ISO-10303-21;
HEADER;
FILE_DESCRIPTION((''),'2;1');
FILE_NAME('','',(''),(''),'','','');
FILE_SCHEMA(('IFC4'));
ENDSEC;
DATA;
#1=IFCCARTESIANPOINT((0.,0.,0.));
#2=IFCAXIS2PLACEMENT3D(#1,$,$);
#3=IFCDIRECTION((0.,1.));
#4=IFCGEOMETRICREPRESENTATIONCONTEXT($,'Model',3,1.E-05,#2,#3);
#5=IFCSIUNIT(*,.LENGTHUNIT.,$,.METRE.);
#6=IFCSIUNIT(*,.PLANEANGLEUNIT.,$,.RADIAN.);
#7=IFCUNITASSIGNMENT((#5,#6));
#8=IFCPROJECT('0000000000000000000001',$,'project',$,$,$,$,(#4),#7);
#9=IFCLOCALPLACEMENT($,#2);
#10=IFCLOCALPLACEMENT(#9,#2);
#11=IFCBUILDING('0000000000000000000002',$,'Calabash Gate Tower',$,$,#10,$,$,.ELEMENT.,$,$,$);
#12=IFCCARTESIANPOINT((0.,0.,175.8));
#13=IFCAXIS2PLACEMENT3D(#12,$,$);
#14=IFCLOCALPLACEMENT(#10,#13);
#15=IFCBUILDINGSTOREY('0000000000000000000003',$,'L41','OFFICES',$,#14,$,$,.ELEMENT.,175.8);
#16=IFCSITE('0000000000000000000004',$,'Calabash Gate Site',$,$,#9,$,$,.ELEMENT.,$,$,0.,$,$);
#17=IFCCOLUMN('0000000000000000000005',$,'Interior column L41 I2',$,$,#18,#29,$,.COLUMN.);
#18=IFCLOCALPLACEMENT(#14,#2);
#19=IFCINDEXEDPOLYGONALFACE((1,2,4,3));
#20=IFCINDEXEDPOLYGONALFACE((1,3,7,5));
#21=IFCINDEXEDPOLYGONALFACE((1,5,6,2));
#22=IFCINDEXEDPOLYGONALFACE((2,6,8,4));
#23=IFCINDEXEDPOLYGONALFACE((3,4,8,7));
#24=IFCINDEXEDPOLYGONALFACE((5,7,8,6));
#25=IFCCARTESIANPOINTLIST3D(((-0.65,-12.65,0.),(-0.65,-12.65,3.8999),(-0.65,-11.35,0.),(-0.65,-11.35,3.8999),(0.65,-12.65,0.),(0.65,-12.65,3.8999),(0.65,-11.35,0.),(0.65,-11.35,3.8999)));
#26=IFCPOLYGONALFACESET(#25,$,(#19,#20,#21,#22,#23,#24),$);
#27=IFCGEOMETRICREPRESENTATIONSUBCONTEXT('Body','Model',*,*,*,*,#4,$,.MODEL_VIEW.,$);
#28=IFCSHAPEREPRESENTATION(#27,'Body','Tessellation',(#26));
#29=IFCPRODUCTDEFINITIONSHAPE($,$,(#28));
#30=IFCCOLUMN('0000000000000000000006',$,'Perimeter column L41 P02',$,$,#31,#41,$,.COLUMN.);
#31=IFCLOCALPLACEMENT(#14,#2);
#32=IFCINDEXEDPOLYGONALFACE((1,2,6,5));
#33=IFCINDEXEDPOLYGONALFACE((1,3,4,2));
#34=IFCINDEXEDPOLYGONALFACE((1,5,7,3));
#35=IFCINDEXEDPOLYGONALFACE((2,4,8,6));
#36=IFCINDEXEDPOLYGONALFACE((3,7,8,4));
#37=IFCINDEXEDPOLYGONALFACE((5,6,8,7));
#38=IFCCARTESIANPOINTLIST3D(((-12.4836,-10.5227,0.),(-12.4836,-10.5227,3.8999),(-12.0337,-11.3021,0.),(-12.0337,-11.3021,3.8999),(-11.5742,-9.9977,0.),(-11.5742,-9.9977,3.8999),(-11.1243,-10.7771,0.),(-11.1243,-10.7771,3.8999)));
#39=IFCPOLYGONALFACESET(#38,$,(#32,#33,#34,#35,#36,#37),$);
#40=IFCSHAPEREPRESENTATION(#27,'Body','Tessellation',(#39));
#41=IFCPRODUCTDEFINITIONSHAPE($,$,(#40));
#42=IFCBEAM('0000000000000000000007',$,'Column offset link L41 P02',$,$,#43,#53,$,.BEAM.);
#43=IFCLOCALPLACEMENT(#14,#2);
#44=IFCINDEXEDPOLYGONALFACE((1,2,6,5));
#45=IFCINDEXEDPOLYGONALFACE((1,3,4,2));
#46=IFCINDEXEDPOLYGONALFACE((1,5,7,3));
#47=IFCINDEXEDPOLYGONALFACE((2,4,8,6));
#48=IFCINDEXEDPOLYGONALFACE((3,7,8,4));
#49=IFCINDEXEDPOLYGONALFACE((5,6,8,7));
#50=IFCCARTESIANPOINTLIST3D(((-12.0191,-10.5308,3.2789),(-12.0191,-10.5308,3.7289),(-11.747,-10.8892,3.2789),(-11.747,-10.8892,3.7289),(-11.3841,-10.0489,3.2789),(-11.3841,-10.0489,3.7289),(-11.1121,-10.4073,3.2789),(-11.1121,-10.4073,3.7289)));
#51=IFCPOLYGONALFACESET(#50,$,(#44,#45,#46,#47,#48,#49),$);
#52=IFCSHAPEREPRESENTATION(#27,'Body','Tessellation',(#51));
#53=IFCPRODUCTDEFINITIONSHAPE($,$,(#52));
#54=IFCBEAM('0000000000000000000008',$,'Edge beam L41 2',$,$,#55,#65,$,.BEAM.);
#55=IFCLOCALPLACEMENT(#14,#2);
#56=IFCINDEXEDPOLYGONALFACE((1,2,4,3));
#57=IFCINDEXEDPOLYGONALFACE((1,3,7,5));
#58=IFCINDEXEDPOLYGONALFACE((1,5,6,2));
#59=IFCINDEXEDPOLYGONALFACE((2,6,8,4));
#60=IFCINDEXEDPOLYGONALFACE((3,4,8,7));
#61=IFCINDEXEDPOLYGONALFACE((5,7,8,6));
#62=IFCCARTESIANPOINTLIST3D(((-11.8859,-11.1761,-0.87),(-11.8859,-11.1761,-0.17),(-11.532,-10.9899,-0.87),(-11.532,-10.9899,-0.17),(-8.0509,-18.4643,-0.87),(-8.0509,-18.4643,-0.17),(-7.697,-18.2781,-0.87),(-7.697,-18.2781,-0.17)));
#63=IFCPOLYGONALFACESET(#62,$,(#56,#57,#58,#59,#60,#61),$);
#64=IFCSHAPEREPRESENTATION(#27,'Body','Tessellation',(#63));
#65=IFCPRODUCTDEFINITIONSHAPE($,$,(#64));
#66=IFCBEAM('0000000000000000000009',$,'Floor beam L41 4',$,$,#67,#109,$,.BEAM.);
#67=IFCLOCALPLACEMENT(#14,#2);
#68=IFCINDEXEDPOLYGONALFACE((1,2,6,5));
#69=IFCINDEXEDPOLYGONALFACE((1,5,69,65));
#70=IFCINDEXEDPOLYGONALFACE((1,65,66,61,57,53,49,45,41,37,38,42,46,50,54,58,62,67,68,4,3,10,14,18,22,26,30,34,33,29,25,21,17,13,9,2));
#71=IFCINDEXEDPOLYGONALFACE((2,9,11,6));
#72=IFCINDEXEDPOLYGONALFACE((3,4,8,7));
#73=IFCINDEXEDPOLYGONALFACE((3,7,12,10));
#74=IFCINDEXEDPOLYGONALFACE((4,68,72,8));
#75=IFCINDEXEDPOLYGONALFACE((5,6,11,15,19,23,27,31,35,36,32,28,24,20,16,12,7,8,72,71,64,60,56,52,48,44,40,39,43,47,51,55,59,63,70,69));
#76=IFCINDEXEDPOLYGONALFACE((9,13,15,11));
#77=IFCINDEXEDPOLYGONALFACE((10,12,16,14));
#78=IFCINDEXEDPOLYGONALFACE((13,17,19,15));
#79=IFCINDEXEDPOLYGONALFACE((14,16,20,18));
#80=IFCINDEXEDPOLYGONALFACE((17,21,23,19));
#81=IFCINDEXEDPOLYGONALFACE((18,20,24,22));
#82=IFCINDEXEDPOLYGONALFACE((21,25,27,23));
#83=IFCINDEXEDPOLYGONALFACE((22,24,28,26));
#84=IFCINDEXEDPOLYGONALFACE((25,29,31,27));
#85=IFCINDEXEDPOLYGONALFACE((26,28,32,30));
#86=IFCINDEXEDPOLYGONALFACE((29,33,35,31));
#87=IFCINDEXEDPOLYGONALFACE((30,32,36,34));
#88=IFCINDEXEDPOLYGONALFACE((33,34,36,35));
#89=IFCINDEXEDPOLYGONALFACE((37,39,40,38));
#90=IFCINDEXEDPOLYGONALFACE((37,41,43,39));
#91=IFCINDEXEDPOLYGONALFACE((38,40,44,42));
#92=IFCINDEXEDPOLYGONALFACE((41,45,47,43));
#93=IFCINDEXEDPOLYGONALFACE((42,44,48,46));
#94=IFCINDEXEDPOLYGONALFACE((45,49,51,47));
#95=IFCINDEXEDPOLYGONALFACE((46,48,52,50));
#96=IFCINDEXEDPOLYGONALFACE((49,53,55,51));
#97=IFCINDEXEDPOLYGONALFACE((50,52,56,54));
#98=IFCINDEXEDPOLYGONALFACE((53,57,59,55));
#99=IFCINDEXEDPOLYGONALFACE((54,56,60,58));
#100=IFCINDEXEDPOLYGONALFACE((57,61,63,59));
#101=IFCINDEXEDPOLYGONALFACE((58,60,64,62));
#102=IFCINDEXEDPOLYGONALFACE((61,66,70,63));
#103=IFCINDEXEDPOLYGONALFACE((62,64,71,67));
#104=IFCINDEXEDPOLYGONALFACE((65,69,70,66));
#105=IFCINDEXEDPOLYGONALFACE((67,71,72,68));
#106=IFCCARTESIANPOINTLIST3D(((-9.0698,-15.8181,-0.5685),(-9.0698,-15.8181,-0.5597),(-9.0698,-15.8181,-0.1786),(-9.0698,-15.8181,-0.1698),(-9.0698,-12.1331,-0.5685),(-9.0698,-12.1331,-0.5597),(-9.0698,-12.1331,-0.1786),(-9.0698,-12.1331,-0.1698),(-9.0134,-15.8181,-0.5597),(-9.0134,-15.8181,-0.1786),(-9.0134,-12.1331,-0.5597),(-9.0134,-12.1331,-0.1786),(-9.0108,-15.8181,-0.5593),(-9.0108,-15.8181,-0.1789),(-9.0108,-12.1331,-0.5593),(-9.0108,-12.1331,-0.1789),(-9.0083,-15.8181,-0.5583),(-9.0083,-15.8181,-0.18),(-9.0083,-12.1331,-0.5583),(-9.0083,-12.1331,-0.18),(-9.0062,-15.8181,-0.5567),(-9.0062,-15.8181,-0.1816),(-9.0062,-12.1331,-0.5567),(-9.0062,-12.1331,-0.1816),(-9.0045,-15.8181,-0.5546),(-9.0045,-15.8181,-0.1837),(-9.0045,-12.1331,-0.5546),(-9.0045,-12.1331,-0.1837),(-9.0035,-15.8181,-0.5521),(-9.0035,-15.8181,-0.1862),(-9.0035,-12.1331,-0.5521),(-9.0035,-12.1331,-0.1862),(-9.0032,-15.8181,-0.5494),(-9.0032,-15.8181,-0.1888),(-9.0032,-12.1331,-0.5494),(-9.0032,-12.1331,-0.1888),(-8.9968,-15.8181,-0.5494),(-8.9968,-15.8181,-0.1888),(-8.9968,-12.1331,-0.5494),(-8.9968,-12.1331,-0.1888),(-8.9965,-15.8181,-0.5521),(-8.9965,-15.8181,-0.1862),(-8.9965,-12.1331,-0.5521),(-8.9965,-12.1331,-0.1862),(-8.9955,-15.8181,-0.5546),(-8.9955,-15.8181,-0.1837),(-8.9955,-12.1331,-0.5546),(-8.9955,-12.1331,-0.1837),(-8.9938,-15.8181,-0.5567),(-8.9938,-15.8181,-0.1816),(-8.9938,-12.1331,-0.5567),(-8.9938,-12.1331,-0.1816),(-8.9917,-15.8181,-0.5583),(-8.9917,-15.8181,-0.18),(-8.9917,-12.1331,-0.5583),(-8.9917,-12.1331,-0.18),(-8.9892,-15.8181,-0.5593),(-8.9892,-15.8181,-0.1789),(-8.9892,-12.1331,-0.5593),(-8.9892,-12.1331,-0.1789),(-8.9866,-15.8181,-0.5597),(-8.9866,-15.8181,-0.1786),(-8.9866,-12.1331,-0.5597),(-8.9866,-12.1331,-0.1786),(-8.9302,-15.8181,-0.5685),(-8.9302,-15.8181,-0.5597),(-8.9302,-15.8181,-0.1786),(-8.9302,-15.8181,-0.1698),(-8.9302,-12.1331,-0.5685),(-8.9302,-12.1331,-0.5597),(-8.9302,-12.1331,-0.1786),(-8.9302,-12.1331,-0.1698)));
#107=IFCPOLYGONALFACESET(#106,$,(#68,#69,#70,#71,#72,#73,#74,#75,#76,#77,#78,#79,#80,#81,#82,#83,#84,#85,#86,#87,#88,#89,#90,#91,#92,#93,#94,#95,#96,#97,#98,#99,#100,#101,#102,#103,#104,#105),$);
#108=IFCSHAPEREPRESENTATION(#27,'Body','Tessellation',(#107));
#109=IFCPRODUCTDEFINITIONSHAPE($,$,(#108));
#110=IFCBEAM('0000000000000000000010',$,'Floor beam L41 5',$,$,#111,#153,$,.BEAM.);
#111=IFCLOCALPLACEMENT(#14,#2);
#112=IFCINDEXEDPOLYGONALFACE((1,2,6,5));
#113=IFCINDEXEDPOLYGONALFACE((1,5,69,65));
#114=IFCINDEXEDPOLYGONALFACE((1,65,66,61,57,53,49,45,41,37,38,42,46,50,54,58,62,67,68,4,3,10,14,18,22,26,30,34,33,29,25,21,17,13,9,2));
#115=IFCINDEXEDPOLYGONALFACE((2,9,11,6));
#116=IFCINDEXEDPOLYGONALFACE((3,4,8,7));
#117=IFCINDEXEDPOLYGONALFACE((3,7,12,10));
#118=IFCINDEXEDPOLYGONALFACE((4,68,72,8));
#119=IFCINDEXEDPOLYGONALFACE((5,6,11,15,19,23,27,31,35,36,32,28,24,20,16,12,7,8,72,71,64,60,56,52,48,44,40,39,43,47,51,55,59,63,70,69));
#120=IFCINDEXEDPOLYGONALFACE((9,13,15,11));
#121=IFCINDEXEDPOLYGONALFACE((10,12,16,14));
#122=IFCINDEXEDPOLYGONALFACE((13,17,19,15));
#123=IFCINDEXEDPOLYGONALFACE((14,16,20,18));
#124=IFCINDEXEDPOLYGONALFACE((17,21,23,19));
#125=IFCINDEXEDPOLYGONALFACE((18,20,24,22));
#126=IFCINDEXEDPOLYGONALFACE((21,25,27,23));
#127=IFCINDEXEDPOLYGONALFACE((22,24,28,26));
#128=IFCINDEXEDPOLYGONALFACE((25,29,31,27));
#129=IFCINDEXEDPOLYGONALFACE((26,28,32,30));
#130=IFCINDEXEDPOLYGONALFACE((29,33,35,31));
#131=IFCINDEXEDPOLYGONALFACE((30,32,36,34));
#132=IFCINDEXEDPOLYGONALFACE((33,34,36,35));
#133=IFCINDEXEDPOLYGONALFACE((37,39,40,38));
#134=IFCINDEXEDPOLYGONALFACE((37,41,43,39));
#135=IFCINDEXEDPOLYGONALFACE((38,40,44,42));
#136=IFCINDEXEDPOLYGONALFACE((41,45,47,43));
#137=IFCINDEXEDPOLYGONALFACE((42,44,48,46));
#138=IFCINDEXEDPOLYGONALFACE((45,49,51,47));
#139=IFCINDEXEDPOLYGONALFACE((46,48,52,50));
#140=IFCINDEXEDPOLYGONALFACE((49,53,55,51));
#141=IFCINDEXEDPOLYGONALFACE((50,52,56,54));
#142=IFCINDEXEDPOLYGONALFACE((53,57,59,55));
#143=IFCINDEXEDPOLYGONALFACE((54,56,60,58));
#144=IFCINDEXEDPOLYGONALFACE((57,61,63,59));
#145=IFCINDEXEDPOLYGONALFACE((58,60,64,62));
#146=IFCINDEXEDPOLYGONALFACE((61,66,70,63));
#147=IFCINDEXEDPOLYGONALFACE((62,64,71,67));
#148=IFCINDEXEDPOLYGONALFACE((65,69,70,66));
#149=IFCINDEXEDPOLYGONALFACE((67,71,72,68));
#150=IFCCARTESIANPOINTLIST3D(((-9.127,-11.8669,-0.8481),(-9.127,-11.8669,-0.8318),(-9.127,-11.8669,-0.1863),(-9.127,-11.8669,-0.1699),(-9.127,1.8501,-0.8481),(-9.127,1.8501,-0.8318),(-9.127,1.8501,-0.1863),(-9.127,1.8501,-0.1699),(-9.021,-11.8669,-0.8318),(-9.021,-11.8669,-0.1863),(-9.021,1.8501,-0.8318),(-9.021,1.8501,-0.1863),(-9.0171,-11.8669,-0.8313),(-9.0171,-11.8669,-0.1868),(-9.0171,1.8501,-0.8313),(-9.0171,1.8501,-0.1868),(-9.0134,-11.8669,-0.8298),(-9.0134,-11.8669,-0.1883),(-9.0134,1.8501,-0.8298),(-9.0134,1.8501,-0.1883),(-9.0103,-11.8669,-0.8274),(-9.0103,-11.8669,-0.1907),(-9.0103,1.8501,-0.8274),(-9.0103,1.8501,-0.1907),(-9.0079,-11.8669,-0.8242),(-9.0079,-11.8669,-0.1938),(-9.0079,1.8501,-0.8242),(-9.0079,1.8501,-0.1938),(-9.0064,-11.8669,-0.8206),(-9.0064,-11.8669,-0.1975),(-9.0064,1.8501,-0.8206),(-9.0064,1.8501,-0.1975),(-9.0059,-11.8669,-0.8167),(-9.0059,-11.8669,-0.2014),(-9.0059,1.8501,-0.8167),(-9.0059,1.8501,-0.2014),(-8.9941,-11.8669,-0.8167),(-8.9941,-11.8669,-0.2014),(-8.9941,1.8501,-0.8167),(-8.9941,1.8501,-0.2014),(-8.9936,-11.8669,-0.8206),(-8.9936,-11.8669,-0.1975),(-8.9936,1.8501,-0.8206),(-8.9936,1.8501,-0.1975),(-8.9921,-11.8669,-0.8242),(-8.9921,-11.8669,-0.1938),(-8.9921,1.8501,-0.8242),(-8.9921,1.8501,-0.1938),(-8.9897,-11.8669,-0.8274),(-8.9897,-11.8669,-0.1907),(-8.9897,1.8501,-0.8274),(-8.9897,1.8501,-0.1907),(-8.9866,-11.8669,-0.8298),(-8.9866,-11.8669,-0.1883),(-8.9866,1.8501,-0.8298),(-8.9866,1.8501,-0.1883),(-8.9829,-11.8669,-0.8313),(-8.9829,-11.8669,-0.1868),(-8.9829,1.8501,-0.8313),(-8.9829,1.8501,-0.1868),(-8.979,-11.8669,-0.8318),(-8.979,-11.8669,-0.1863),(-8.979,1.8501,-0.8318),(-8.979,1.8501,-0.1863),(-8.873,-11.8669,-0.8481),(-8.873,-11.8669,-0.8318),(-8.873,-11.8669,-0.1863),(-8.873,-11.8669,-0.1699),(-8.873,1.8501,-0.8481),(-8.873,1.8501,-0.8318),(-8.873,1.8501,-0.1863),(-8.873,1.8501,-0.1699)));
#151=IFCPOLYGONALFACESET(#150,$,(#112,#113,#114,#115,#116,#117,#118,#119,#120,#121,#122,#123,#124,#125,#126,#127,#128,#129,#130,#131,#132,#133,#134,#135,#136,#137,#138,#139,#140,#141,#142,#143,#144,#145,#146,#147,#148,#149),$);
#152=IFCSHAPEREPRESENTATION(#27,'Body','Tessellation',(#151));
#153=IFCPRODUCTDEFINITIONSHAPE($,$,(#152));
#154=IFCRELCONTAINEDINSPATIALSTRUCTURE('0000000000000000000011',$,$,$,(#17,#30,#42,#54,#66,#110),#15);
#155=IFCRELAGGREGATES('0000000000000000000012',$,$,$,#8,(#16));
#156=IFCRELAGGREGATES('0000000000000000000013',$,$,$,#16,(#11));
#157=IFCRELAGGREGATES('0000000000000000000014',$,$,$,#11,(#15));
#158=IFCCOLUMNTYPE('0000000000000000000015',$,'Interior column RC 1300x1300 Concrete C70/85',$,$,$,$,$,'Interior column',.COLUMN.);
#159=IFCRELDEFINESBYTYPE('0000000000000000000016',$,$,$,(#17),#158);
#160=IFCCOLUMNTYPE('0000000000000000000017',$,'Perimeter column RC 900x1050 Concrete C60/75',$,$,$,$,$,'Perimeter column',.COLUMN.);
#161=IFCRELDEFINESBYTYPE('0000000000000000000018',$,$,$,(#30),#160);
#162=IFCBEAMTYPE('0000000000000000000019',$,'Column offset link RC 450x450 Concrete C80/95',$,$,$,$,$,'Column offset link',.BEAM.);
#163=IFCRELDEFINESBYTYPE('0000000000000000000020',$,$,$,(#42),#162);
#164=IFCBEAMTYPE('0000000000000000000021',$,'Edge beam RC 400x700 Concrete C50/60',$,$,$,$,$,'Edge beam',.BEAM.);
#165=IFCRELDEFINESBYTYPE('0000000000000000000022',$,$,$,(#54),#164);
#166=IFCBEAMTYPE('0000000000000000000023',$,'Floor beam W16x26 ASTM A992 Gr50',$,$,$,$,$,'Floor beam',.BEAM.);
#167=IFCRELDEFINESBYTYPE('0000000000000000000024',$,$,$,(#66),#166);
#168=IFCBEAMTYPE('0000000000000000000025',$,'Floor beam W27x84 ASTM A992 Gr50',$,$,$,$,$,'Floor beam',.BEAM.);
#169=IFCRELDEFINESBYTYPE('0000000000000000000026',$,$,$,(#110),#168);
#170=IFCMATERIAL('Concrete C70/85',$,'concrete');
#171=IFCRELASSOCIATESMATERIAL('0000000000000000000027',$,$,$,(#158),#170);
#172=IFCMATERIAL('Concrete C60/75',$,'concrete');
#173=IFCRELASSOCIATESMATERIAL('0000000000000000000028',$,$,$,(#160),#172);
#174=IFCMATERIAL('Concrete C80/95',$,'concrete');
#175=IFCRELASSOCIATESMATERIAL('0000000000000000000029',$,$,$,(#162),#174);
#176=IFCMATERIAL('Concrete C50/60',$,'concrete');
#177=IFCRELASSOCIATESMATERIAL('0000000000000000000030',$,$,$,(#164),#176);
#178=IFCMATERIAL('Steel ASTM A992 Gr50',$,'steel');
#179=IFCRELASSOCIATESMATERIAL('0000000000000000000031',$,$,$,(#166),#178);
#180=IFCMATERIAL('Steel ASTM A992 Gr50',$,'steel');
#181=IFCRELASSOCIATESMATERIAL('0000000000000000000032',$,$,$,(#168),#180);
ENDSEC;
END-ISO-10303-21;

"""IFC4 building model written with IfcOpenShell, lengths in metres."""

from ifc_helpers import new_model, si_unit, direction, frame, origin, origin_2d, place, context, subcontext, project, spatial, rectangle, i_section, extrude, material, material_profile, profile_set, type_object, element, save


model = new_model("IFC4")

# Units and contexts
model_context = context("Model", 3, precision=1e-05, world=origin(), true_north=direction((0.0, 1.0)))
body_context = subcontext(model_context, "Body", "Model", "MODEL_VIEW")
ifc_project = project(units=[si_unit("LENGTHUNIT", "METRE"), si_unit("PLANEANGLEUNIT", "RADIAN")], contexts=[model_context])

# Site, building, storey
site_placement = place(None, origin())
site = spatial("IfcSite", under=ifc_project, at=site_placement, Name="Calabash Gate Site", CompositionType="ELEMENT", RefElevation=0.0)
building_placement = place(site_placement, origin())
building = spatial("IfcBuilding", under=site, at=building_placement, Name="Calabash Gate Tower", CompositionType="ELEMENT")
storey_placement = place(building_placement, frame((0.0, 0.0, 175.8)))
storey = spatial("IfcBuildingStorey", under=building, at=storey_placement, Name="L41", Description="OFFICES", CompositionType="ELEMENT", Elevation=175.8)

# Columns
ifc_material_1 = material(Name="Concrete C70/85", Category="concrete")
ifc_material_profile_1 = material_profile(ifc_material_1, rectangle(XDim=1.3, YDim=1.3, at=origin_2d()))
ifc_profile_set_1 = profile_set([ifc_material_profile_1], Name="Concrete C70/85")
column_type_1 = type_object("IfcColumnType", Name="Interior column RC 1300x1300 Concrete C70/85", ElementType="Interior column", PredefinedType="COLUMN", material=ifc_profile_set_1)
column_1_placement = place(storey_placement, frame((0.0, -12.0, 0.0), z_axis=(0.0, 0.0, 1.0), x_axis=(1.0, 0.0, 0.0)))
element("IfcColumn", 1, at=column_1_placement, inside=storey, type_object=column_type_1, Name="Interior column L41 I2", PredefinedType="COLUMN", context=body_context, shape_type="SweptSolid", body=[
    extrude(rectangle(XDim=1.3, YDim=1.3, at=origin_2d()), origin(), (0.0, 0.0, 1.0), 3.8999),
])
ifc_material_2 = material(Name="Concrete C60/75", Category="concrete")
ifc_material_profile_2 = material_profile(ifc_material_2, rectangle(XDim=0.8999, YDim=1.05, at=origin_2d()))
ifc_profile_set_2 = profile_set([ifc_material_profile_2], Name="Concrete C60/75")
column_type_2 = type_object("IfcColumnType", Name="Perimeter column RC 900x1050 Concrete C60/75", ElementType="Perimeter column", PredefinedType="COLUMN", material=ifc_profile_set_2)
column_2_placement = place(storey_placement, frame((-11.804, -10.6499, 0.0), z_axis=(0.0, 0.0, 1.0), x_axis=(0.5, -0.866025, 0.0)))
element("IfcColumn", 2, at=column_2_placement, inside=storey, type_object=column_type_2, Name="Perimeter column L41 P02", PredefinedType="COLUMN", context=body_context, shape_type="SweptSolid", body=[
    extrude(rectangle(XDim=0.8999, YDim=1.05, at=origin_2d()), origin(), (0.0, 0.0, 1.0), 3.8999),
])

# Beams
ifc_material_3 = material(Name="Concrete C80/95", Category="concrete")
ifc_material_profile_3 = material_profile(ifc_material_3, rectangle(XDim=0.45, YDim=0.45, at=origin_2d()))
ifc_profile_set_3 = profile_set([ifc_material_profile_3], Name="Concrete C80/95")
beam_type_1 = type_object("IfcBeamType", Name="Column offset link RC 450x450 Concrete C80/95", ElementType="Column offset link", PredefinedType="BEAM", material=ifc_profile_set_3)
beam_1_placement = place(storey_placement, frame((-11.8831, -10.71, 3.5039), z_axis=(0.796569, 0.604547, 0.0), x_axis=(-0.604547, 0.796569, 0.0)))
element("IfcBeam", 3, at=beam_1_placement, inside=storey, type_object=beam_type_1, Name="Column offset link L41 P02", PredefinedType="BEAM", context=body_context, shape_type="SweptSolid", body=[
    extrude(rectangle(XDim=0.45, YDim=0.45, at=origin_2d()), origin(), (0.0, 0.0, 1.0), 0.7971),
])
ifc_material_4 = material(Name="Concrete C50/60", Category="concrete")
ifc_material_profile_4 = material_profile(ifc_material_4, rectangle(XDim=0.3999, YDim=0.7, at=origin_2d()))
ifc_profile_set_4 = profile_set([ifc_material_profile_4], Name="Concrete C50/60")
beam_type_2 = type_object("IfcBeamType", Name="Edge beam RC 400x700 Concrete C50/60", ElementType="Edge beam", PredefinedType="BEAM", material=ifc_profile_set_4)
beam_2_placement = place(storey_placement, frame((-11.709, -11.083, -0.52), z_axis=(0.465663, -0.884962, 0.0), x_axis=(0.884962, 0.465663, 0.0)))
element("IfcBeam", 4, at=beam_2_placement, inside=storey, type_object=beam_type_2, Name="Edge beam L41 2", PredefinedType="BEAM", context=body_context, shape_type="SweptSolid", body=[
    extrude(rectangle(XDim=0.3999, YDim=0.7, at=origin_2d()), origin(), (0.0, 0.0, 1.0), 8.2356),
])
ifc_material_5 = material(Name="Steel ASTM A992 Gr50", Category="steel")
ifc_material_profile_5 = material_profile(ifc_material_5, i_section(OverallWidth=0.1396, OverallDepth=0.3987, WebThickness=0.0063, FlangeThickness=0.0088, FilletRadius=0.0103, at=origin_2d()))
ifc_profile_set_5 = profile_set([ifc_material_profile_5], Name="Steel ASTM A992 Gr50")
beam_type_3 = type_object("IfcBeamType", Name="Floor beam W16x26 ASTM A992 Gr50", ElementType="Floor beam", PredefinedType="BEAM", material=ifc_profile_set_5)
beam_3_placement = place(storey_placement, frame((-9.0, -15.8181, -0.3691), z_axis=(0.0, 1.0, 0.0), x_axis=(-1.0, 0.0, 0.0)))
element("IfcBeam", 5, at=beam_3_placement, inside=storey, type_object=beam_type_3, Name="Floor beam L41 4", PredefinedType="BEAM", context=body_context, shape_type="SweptSolid", body=[
    extrude(i_section(OverallWidth=0.1396, OverallDepth=0.3987, WebThickness=0.0063, FlangeThickness=0.0088, FilletRadius=0.0103, at=origin_2d()), origin(), (0.0, 0.0, 1.0), 3.6851),
])
ifc_material_6 = material(Name="Steel ASTM A992 Gr50", Category="steel")
ifc_material_profile_6 = material_profile(ifc_material_6, i_section(OverallWidth=0.2539, OverallDepth=0.6782, WebThickness=0.0117, FlangeThickness=0.0164, FilletRadius=0.0151, at=origin_2d()))
ifc_profile_set_6 = profile_set([ifc_material_profile_6], Name="Steel ASTM A992 Gr50")
beam_type_4 = type_object("IfcBeamType", Name="Floor beam W27x84 ASTM A992 Gr50", ElementType="Floor beam", PredefinedType="BEAM", material=ifc_profile_set_6)
beam_4_placement = place(storey_placement, frame((-9.0, -11.8669, -0.509), z_axis=(0.0, 1.0, 0.0), x_axis=(-1.0, 0.0, 0.0)))
element("IfcBeam", 6, at=beam_4_placement, inside=storey, type_object=beam_type_4, Name="Floor beam L41 5", PredefinedType="BEAM", context=body_context, shape_type="SweptSolid", body=[
    extrude(i_section(OverallWidth=0.2539, OverallDepth=0.6782, WebThickness=0.0117, FlangeThickness=0.0164, FilletRadius=0.0151, at=origin_2d()), origin(), (0.0, 0.0, 1.0), 13.717),
])

save(model, "model.ifc")
